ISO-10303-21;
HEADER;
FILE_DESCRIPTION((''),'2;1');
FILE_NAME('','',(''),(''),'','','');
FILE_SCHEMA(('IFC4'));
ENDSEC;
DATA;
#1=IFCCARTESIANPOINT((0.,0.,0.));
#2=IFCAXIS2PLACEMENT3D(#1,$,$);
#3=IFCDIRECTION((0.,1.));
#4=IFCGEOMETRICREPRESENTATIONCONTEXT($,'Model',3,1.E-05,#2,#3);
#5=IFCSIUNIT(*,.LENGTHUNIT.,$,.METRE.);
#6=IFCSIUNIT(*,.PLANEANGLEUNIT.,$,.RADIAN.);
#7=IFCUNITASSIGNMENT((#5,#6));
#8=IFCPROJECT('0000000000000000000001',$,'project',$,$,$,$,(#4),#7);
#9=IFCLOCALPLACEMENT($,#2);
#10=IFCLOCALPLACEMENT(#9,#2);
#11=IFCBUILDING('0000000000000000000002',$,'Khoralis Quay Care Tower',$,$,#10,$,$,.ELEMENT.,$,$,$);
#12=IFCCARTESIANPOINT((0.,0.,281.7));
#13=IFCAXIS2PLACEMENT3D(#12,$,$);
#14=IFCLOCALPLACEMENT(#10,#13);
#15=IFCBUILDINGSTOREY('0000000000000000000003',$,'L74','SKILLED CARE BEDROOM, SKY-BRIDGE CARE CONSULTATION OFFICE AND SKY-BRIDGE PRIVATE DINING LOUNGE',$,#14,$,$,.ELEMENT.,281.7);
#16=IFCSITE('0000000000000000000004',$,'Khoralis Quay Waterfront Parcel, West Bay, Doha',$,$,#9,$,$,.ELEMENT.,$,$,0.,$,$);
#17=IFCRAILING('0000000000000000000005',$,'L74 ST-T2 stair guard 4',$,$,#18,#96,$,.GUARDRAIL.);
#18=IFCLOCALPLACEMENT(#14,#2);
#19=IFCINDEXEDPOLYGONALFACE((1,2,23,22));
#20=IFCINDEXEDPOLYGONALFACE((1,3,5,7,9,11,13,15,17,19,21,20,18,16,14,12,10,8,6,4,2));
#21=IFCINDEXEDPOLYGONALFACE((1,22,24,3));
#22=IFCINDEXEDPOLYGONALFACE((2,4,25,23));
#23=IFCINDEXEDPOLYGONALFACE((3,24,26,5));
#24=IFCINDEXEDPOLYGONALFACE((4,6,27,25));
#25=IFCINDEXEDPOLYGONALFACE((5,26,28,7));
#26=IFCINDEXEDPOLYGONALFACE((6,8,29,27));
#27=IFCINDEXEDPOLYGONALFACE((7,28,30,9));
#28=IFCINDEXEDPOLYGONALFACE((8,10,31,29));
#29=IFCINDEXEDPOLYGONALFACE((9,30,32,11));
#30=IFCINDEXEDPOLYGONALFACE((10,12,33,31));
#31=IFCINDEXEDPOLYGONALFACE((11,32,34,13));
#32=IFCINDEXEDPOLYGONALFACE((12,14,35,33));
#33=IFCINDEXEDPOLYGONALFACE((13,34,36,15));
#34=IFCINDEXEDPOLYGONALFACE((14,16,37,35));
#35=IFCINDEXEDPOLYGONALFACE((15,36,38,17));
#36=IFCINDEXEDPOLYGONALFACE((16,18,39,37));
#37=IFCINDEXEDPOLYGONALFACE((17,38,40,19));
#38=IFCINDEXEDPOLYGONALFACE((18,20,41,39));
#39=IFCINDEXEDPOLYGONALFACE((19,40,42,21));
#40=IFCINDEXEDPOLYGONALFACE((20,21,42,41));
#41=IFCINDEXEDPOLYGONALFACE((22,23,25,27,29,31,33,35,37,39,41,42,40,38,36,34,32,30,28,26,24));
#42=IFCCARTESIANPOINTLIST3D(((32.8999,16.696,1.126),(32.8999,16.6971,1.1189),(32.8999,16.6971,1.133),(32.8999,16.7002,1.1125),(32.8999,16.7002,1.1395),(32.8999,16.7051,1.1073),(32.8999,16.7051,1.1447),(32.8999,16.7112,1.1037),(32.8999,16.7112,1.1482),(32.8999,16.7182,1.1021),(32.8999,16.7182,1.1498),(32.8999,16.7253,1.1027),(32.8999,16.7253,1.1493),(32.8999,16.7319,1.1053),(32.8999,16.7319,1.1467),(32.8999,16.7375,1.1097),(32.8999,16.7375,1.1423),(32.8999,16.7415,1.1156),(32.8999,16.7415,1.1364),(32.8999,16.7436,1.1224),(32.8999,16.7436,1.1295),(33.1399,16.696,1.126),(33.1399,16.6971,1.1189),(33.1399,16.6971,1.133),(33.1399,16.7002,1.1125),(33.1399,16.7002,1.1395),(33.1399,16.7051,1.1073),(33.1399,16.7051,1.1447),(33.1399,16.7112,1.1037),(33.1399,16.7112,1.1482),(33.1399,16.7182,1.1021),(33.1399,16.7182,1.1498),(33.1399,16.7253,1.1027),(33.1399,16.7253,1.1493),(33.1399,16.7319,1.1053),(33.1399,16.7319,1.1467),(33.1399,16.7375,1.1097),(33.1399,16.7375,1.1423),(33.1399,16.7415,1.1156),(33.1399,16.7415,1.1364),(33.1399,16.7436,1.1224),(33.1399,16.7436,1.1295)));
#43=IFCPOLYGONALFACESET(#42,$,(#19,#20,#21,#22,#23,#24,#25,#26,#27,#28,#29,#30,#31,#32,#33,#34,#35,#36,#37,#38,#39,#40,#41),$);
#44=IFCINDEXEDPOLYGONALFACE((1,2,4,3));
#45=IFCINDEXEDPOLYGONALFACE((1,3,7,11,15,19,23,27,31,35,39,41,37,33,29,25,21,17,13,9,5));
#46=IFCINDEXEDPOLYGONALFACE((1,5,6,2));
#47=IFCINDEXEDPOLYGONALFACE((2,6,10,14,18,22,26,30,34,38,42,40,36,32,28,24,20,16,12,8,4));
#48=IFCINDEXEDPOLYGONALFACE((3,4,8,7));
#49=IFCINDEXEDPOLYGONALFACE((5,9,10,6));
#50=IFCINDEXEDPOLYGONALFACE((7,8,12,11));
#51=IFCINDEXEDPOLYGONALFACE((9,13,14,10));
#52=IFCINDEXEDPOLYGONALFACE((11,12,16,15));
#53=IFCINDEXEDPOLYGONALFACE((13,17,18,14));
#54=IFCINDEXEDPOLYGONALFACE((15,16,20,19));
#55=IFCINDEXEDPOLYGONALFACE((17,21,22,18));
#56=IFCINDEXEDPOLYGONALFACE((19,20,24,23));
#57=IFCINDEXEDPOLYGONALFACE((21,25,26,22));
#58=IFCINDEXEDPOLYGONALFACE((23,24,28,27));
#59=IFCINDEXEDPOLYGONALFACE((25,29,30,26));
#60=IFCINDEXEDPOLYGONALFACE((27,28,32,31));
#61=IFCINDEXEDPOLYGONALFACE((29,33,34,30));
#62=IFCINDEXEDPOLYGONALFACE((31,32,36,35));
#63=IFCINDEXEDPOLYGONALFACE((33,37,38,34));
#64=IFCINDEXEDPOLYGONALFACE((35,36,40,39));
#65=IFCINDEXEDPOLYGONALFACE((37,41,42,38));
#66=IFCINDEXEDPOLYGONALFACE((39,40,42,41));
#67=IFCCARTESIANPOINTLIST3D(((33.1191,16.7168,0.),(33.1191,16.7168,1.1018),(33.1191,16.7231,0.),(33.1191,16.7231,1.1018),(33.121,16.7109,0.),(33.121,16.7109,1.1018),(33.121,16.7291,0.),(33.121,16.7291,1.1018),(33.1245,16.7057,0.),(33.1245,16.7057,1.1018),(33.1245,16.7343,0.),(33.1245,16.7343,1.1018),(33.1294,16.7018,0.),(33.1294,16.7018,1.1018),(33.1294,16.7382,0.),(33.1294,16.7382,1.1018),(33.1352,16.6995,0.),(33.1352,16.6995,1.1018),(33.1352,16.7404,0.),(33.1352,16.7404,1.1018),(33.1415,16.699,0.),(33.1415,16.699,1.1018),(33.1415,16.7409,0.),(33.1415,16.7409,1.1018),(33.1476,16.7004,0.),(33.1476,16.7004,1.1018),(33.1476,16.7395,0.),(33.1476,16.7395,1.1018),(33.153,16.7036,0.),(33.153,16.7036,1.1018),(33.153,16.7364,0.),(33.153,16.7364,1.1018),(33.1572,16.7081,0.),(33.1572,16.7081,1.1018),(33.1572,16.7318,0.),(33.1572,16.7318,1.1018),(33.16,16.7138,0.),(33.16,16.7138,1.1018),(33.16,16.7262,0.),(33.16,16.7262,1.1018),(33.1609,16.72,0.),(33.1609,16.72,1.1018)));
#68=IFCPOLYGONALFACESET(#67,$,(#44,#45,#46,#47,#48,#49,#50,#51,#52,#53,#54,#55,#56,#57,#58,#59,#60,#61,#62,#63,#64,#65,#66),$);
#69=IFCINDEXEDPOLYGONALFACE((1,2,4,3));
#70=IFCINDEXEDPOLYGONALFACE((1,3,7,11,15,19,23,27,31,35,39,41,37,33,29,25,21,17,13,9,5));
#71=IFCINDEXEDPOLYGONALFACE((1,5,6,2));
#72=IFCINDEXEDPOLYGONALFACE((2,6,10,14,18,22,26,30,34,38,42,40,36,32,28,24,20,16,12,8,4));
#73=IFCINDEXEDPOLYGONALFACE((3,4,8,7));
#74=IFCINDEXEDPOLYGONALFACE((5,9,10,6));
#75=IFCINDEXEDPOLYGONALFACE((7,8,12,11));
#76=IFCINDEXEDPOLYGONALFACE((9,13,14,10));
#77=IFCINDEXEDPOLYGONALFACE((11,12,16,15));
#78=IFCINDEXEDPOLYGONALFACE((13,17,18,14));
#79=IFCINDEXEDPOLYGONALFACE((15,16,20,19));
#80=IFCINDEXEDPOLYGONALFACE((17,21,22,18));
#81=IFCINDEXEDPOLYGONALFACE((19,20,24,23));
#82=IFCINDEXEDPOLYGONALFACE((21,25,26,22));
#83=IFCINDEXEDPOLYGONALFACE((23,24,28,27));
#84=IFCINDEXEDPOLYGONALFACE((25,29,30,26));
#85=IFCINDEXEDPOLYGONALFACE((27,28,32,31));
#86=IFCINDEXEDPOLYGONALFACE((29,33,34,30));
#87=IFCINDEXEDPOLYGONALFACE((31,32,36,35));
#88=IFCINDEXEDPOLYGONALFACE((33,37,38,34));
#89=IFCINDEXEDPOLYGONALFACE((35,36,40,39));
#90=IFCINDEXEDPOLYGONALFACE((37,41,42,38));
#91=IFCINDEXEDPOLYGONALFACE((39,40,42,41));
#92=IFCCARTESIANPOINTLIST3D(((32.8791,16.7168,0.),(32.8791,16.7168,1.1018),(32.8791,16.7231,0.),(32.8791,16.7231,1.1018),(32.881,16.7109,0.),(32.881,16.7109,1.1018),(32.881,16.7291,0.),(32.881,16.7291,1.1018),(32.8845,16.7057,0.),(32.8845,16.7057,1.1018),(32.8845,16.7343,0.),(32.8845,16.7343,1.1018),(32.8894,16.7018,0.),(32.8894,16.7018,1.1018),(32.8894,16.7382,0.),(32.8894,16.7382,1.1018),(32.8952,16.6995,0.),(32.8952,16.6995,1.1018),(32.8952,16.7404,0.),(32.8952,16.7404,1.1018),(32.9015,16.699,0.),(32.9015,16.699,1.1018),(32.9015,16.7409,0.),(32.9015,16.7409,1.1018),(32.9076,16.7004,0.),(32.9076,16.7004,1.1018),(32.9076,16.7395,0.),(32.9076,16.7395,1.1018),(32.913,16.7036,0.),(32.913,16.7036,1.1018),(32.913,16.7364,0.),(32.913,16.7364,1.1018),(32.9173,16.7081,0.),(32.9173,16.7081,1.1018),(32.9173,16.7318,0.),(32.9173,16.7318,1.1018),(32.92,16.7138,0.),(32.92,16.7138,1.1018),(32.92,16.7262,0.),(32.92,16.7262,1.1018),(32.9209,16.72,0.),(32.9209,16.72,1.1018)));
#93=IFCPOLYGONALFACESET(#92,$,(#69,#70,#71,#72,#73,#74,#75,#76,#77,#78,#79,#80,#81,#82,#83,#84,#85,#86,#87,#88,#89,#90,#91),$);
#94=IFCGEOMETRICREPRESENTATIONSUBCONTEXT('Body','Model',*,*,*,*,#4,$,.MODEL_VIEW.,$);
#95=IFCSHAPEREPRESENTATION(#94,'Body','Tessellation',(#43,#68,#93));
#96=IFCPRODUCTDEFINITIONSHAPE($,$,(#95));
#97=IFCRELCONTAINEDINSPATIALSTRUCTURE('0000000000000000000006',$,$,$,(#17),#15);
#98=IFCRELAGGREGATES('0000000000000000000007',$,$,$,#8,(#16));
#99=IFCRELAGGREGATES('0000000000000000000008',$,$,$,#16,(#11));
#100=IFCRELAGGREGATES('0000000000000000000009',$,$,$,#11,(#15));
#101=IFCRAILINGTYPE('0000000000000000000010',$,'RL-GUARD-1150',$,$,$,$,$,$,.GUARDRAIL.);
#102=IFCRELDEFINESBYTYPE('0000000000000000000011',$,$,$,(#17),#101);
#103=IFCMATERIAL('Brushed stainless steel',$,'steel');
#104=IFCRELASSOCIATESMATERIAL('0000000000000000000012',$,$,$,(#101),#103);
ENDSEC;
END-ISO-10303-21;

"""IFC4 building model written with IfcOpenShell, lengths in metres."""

from ifc_helpers import new_model, si_unit, direction, frame, origin, origin_2d, place, context, subcontext, project, spatial, circle, extrude, material, type_object, element, save


model = new_model("IFC4")

# Units and contexts
model_context = context("Model", 3, precision=1e-05, world=origin(), true_north=direction((0.0, 1.0)))
body_context = subcontext(model_context, "Body", "Model", "MODEL_VIEW")
ifc_project = project(units=[si_unit("LENGTHUNIT", "METRE"), si_unit("PLANEANGLEUNIT", "RADIAN")], contexts=[model_context])

# Site, building, storey
site_placement = place(None, origin())
site = spatial("IfcSite", under=ifc_project, at=site_placement, Name="Khoralis Quay Waterfront Parcel, West Bay, Doha", CompositionType="ELEMENT", RefElevation=0.0)
building_placement = place(site_placement, origin())
building = spatial("IfcBuilding", under=site, at=building_placement, Name="Khoralis Quay Care Tower", CompositionType="ELEMENT")
storey_placement = place(building_placement, frame((0.0, 0.0, 281.7)))
storey = spatial("IfcBuildingStorey", under=building, at=storey_placement, Name="L74", Description="SKILLED CARE BEDROOM, SKY-BRIDGE CARE CONSULTATION OFFICE AND SKY-BRIDGE PRIVATE DINING LOUNGE", CompositionType="ELEMENT", Elevation=281.7)

# Shared definitions
ifc_material_1 = material(Name="Brushed stainless steel", Category="steel")

# Railing
railing_type_1 = type_object("IfcRailingType", Name="RL-GUARD-1150", PredefinedType="GUARDRAIL", material=ifc_material_1)
railing_1_placement = place(storey_placement, frame((33.1399, 16.72, 0.0)))
element("IfcRailing", 1, at=railing_1_placement, inside=storey, type_object=railing_type_1, Name="L74 ST-T2 stair guard 4", PredefinedType="GUARDRAIL", context=body_context, shape_type="SweptSolid", body=[
    extrude(circle(Radius=0.0239, at=origin_2d()), frame((0.0, 0.0, 1.126), z_axis=(-1.0, 0.0, 0.0), x_axis=(0.0, -1.0, 0.0)), (0.0, 0.0, 1.0), 0.24),
    extrude(circle(Radius=0.021, at=origin_2d()), origin(), (0.0, 0.0, 1.0), 1.1018),
    extrude(circle(Radius=0.021, at=origin_2d()), frame((-0.24, 0.0, 0.0)), (0.0, 0.0, 1.0), 1.1018),
])

save(model, "model.ifc")
